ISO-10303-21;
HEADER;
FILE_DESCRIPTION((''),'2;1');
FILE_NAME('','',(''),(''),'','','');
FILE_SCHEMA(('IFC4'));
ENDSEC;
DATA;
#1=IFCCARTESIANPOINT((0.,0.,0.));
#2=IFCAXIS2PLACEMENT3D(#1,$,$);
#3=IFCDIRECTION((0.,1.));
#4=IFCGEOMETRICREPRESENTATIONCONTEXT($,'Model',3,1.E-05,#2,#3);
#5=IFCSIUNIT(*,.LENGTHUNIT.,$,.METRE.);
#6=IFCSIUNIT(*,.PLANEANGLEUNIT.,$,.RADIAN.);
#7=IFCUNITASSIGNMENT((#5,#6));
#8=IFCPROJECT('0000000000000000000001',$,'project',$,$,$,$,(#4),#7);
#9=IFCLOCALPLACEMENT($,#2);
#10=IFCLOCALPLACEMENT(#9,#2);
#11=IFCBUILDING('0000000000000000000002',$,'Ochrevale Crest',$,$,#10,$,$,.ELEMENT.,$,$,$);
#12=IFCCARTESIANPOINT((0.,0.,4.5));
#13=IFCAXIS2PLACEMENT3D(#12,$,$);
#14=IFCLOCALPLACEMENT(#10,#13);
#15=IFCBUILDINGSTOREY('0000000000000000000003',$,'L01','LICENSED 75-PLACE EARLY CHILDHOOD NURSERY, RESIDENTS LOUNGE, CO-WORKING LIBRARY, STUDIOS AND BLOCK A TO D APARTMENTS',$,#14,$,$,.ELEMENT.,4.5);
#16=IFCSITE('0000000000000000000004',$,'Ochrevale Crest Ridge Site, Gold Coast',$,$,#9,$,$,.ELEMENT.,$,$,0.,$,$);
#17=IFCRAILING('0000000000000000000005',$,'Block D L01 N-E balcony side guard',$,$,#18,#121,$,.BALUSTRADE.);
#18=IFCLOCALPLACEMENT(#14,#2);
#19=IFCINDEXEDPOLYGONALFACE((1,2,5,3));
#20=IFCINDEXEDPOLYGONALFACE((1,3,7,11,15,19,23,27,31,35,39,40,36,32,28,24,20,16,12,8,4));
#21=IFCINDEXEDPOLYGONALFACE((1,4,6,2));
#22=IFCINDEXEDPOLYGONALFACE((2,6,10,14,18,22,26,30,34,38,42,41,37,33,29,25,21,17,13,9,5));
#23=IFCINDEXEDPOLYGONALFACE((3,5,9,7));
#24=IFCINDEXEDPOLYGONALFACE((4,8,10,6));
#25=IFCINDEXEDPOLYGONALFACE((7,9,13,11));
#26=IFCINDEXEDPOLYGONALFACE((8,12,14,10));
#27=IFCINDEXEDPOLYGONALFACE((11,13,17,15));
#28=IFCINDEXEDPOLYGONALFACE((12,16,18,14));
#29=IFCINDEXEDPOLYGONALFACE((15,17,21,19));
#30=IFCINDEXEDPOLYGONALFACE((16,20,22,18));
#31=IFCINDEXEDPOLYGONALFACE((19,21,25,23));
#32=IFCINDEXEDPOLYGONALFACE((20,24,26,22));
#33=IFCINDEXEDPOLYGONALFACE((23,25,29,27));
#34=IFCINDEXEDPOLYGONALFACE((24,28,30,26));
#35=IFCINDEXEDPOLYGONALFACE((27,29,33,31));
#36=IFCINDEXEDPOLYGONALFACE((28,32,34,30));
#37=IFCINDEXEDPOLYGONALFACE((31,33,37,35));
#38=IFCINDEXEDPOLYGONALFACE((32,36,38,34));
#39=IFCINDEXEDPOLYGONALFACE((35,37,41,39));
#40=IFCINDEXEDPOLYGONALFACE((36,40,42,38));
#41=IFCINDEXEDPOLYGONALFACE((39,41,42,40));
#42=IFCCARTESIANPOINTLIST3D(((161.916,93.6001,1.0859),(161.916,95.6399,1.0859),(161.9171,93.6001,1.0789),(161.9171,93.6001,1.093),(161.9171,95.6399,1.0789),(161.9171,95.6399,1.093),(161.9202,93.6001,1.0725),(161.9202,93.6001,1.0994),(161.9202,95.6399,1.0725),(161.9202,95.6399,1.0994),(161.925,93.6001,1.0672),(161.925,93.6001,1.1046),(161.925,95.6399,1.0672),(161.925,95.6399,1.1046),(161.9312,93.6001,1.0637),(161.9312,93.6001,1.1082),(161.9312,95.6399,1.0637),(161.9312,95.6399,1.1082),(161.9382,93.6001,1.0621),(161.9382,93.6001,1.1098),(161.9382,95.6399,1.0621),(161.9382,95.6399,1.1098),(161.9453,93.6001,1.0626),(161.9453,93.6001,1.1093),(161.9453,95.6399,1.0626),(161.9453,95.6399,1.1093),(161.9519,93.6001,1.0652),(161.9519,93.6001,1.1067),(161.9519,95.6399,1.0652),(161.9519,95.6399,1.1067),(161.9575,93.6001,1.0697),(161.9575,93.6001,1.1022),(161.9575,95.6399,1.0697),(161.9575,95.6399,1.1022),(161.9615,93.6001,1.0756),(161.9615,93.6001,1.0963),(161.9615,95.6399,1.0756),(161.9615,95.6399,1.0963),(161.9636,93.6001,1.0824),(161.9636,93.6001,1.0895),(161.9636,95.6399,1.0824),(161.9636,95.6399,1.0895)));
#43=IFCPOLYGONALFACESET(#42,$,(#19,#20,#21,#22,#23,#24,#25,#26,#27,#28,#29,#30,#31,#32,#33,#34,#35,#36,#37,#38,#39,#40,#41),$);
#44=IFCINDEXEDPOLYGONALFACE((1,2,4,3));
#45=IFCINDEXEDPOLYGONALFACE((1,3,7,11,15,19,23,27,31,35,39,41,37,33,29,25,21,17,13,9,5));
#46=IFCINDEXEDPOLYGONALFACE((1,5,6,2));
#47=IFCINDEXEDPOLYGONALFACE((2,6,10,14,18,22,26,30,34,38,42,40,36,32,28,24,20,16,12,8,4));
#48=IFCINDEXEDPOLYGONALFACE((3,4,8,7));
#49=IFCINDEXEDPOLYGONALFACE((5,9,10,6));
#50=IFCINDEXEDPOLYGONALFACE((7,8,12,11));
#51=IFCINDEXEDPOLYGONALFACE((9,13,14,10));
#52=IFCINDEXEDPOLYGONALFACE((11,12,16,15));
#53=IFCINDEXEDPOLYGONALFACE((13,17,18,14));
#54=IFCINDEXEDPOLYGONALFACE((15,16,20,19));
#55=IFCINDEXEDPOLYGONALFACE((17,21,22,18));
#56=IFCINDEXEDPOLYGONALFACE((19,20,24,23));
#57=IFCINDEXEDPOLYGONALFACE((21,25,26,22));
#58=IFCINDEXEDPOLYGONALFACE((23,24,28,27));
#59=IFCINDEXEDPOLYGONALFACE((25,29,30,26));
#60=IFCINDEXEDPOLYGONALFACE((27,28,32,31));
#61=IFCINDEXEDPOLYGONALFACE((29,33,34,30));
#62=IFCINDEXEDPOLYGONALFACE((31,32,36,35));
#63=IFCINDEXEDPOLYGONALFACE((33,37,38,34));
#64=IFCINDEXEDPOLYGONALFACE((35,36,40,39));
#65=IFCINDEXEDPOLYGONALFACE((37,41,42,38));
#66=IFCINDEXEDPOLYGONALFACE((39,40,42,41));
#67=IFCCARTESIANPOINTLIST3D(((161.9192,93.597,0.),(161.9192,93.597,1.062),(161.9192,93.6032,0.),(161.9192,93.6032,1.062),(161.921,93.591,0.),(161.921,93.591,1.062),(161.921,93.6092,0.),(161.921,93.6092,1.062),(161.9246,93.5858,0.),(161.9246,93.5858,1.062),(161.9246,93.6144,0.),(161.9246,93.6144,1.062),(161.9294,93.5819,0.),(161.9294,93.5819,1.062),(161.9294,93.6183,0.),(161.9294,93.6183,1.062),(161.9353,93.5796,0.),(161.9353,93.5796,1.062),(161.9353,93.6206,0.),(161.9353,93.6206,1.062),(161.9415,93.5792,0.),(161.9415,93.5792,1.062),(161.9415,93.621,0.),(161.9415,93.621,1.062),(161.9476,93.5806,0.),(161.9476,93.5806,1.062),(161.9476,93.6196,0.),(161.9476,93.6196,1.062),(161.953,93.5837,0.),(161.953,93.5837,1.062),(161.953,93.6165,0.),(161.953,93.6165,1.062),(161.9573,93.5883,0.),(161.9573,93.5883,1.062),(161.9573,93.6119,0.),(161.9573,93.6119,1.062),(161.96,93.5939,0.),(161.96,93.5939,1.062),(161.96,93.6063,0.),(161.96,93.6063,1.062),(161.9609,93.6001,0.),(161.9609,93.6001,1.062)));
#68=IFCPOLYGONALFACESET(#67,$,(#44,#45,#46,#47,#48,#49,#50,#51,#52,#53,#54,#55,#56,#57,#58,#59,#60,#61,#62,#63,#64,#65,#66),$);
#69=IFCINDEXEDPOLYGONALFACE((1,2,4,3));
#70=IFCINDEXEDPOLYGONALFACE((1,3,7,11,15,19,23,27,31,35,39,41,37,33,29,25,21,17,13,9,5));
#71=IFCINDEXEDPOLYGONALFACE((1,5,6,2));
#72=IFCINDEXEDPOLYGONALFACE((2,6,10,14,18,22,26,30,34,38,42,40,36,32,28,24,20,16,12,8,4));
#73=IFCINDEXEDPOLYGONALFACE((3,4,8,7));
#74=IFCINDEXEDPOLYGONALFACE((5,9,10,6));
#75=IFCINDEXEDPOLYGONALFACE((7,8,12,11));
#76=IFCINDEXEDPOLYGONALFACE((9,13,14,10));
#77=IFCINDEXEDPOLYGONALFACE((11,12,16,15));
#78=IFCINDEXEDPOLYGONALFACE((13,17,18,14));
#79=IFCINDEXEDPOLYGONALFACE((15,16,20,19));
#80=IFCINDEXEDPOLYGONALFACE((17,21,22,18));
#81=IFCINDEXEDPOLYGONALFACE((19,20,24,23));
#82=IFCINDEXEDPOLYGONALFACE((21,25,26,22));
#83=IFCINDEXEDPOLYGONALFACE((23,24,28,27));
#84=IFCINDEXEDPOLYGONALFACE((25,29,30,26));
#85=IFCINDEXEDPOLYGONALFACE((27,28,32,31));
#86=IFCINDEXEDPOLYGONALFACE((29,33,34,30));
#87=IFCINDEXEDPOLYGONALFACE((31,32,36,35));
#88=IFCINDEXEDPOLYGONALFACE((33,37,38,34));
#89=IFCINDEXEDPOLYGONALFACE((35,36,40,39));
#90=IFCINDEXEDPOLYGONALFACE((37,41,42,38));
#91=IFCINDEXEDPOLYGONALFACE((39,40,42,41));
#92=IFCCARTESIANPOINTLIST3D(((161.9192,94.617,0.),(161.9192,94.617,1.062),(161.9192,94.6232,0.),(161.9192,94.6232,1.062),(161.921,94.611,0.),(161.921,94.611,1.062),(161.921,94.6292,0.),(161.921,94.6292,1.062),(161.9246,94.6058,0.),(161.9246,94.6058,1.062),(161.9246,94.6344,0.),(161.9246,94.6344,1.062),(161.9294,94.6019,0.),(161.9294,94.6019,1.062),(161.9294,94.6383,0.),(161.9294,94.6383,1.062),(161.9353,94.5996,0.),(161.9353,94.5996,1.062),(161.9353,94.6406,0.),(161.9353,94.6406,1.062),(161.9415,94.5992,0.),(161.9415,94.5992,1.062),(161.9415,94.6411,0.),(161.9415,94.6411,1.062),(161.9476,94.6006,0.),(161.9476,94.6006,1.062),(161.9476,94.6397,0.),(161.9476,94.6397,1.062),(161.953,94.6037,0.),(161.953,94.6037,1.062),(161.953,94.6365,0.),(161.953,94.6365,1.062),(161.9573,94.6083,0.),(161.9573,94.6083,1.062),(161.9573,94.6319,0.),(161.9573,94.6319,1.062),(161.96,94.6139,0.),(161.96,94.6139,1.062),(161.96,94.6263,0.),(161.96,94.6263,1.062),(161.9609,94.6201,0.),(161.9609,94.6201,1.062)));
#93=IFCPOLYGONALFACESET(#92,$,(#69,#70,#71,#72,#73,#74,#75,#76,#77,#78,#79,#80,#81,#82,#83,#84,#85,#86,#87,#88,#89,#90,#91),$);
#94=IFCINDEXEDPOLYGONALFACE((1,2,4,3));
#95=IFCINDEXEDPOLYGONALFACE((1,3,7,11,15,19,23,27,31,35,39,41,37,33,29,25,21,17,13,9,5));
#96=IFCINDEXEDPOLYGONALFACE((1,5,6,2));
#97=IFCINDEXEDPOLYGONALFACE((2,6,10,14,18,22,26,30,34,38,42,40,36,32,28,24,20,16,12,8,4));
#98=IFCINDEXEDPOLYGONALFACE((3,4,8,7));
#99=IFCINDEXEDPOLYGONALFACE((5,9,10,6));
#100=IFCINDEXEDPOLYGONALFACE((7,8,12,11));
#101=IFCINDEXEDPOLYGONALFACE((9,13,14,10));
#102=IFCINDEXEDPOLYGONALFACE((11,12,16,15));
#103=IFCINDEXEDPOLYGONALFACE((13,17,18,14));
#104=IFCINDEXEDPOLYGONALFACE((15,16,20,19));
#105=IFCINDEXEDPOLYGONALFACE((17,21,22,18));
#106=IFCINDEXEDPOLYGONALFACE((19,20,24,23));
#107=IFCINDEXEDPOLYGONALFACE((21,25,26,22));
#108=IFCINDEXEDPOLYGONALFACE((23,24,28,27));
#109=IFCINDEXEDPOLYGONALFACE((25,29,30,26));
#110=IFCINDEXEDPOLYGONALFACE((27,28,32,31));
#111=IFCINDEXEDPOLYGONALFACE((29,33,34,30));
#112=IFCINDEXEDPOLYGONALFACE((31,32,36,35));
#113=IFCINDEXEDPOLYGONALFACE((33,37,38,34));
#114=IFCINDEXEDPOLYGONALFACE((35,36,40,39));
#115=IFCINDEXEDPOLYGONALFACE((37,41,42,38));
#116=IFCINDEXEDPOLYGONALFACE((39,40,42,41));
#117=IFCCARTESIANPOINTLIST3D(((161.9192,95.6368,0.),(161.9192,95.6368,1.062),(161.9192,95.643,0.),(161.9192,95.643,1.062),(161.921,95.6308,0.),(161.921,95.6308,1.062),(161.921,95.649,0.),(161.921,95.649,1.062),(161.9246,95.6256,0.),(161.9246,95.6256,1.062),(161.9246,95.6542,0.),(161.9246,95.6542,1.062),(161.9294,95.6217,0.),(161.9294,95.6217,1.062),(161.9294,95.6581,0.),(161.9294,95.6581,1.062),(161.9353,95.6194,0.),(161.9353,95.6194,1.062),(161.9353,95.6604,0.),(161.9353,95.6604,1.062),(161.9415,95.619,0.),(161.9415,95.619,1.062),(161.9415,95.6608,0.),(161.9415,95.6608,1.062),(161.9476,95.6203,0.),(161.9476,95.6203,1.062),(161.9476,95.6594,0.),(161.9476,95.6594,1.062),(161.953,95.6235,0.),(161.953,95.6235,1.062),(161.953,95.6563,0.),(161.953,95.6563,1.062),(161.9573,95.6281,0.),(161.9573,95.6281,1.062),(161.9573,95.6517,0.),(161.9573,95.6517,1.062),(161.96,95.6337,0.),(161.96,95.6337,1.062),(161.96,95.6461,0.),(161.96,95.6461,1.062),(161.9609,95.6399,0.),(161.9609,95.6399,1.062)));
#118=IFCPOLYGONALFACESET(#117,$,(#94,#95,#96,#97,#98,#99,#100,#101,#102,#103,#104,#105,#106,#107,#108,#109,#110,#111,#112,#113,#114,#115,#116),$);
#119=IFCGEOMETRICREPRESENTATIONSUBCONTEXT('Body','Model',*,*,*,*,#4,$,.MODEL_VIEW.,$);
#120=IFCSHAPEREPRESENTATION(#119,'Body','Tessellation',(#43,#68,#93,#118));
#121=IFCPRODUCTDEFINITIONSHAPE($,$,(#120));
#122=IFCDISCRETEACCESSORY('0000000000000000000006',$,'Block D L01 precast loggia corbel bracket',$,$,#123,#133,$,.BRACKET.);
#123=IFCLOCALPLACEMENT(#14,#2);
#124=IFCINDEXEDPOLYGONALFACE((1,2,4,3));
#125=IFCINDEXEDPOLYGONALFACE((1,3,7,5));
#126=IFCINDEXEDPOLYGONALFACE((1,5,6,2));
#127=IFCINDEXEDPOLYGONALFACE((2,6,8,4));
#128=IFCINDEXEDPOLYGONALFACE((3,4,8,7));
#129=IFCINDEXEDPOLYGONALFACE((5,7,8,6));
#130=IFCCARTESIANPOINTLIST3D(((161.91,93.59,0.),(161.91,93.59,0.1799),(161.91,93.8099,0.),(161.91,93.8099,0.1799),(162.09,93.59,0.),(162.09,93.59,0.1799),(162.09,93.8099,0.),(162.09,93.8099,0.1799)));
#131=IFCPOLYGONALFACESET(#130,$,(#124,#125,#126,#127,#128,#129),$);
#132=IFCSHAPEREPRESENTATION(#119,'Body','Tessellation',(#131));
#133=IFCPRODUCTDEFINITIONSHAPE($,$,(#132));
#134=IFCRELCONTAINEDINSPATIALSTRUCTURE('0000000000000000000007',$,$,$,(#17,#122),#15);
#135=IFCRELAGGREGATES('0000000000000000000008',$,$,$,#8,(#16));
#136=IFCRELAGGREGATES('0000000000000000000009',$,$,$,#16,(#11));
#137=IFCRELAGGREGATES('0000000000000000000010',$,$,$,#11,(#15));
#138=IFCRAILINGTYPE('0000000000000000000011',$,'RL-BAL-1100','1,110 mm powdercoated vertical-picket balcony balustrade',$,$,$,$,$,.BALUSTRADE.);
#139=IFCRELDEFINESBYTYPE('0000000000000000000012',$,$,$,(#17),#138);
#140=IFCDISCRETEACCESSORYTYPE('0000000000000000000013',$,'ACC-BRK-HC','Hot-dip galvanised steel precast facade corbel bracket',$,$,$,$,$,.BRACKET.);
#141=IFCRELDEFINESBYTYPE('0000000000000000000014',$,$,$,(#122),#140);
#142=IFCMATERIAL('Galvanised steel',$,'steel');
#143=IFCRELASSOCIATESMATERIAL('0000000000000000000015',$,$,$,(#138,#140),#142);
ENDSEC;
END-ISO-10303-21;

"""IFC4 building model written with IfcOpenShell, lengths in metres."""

from ifc_helpers import new_model, si_unit, direction, frame, origin, origin_2d, place, context, subcontext, project, spatial, rectangle, circle, extrude, material, type_object, element, save


model = new_model("IFC4")

# Units and contexts
model_context = context("Model", 3, precision=1e-05, world=origin(), true_north=direction((0.0, 1.0)))
body_context = subcontext(model_context, "Body", "Model", "MODEL_VIEW")
ifc_project = project(units=[si_unit("LENGTHUNIT", "METRE"), si_unit("PLANEANGLEUNIT", "RADIAN")], contexts=[model_context])

# Site, building, storey
site_placement = place(None, origin())
site = spatial("IfcSite", under=ifc_project, at=site_placement, Name="Ochrevale Crest Ridge Site, Gold Coast", CompositionType="ELEMENT", RefElevation=0.0)
building_placement = place(site_placement, origin())
building = spatial("IfcBuilding", under=site, at=building_placement, Name="Ochrevale Crest", CompositionType="ELEMENT")
storey_placement = place(building_placement, frame((0.0, 0.0, 4.5)))
storey = spatial("IfcBuildingStorey", under=building, at=storey_placement, Name="L01", Description="LICENSED 75-PLACE EARLY CHILDHOOD NURSERY, RESIDENTS LOUNGE, CO-WORKING LIBRARY, STUDIOS AND BLOCK A TO D APARTMENTS", CompositionType="ELEMENT", Elevation=4.5)

# Railing
ifc_material_1 = material(Name="Galvanised steel", Category="steel")
railing_type = type_object("IfcRailingType", Name="RL-BAL-1100", Description="1,110 mm powdercoated vertical-picket balcony balustrade", PredefinedType="BALUSTRADE", material=ifc_material_1)
railing_placement = place(storey_placement, frame((161.9399, 93.6001, 0.0)))
element("IfcRailing", 1, at=railing_placement, inside=storey, type_object=railing_type, Name="Block D L01 N-E balcony side guard", PredefinedType="BALUSTRADE", context=body_context, shape_type="SweptSolid", body=[
    extrude(circle(Radius=0.0239, at=origin_2d()), frame((0.0, 0.0, 1.0859), z_axis=(0.0, 1.0, 0.0), x_axis=(-1.0, 0.0, 0.0)), (0.0, 0.0, 1.0), 2.0398),
    extrude(circle(Radius=0.021, at=origin_2d()), origin(), (0.0, 0.0, 1.0), 1.062),
    extrude(circle(Radius=0.021, at=origin_2d()), frame((0.0, 1.02, 0.0)), (0.0, 0.0, 1.0), 1.062),
    extrude(circle(Radius=0.021, at=origin_2d()), frame((0.0, 2.0398, 0.0)), (0.0, 0.0, 1.0), 1.062),
])

# Discrete accessory
discrete_accessory_type = type_object("IfcDiscreteAccessoryType", Name="ACC-BRK-HC", Description="Hot-dip galvanised steel precast facade corbel bracket", PredefinedType="BRACKET", material=ifc_material_1)
discrete_accessory_placement = place(storey_placement, frame((162.0, 93.7, 0.0), z_axis=(0.0, 0.0, 1.0), x_axis=(1.0, 0.0, 0.0)))
element("IfcDiscreteAccessory", 2, at=discrete_accessory_placement, inside=storey, type_object=discrete_accessory_type, Name="Block D L01 precast loggia corbel bracket", PredefinedType="BRACKET", context=body_context, shape_type="SweptSolid", body=[
    extrude(rectangle(XDim=0.1799, YDim=0.22, at=origin_2d()), origin(), (0.0, 0.0, 1.0), 0.1799),
])

save(model, "model.ifc")
